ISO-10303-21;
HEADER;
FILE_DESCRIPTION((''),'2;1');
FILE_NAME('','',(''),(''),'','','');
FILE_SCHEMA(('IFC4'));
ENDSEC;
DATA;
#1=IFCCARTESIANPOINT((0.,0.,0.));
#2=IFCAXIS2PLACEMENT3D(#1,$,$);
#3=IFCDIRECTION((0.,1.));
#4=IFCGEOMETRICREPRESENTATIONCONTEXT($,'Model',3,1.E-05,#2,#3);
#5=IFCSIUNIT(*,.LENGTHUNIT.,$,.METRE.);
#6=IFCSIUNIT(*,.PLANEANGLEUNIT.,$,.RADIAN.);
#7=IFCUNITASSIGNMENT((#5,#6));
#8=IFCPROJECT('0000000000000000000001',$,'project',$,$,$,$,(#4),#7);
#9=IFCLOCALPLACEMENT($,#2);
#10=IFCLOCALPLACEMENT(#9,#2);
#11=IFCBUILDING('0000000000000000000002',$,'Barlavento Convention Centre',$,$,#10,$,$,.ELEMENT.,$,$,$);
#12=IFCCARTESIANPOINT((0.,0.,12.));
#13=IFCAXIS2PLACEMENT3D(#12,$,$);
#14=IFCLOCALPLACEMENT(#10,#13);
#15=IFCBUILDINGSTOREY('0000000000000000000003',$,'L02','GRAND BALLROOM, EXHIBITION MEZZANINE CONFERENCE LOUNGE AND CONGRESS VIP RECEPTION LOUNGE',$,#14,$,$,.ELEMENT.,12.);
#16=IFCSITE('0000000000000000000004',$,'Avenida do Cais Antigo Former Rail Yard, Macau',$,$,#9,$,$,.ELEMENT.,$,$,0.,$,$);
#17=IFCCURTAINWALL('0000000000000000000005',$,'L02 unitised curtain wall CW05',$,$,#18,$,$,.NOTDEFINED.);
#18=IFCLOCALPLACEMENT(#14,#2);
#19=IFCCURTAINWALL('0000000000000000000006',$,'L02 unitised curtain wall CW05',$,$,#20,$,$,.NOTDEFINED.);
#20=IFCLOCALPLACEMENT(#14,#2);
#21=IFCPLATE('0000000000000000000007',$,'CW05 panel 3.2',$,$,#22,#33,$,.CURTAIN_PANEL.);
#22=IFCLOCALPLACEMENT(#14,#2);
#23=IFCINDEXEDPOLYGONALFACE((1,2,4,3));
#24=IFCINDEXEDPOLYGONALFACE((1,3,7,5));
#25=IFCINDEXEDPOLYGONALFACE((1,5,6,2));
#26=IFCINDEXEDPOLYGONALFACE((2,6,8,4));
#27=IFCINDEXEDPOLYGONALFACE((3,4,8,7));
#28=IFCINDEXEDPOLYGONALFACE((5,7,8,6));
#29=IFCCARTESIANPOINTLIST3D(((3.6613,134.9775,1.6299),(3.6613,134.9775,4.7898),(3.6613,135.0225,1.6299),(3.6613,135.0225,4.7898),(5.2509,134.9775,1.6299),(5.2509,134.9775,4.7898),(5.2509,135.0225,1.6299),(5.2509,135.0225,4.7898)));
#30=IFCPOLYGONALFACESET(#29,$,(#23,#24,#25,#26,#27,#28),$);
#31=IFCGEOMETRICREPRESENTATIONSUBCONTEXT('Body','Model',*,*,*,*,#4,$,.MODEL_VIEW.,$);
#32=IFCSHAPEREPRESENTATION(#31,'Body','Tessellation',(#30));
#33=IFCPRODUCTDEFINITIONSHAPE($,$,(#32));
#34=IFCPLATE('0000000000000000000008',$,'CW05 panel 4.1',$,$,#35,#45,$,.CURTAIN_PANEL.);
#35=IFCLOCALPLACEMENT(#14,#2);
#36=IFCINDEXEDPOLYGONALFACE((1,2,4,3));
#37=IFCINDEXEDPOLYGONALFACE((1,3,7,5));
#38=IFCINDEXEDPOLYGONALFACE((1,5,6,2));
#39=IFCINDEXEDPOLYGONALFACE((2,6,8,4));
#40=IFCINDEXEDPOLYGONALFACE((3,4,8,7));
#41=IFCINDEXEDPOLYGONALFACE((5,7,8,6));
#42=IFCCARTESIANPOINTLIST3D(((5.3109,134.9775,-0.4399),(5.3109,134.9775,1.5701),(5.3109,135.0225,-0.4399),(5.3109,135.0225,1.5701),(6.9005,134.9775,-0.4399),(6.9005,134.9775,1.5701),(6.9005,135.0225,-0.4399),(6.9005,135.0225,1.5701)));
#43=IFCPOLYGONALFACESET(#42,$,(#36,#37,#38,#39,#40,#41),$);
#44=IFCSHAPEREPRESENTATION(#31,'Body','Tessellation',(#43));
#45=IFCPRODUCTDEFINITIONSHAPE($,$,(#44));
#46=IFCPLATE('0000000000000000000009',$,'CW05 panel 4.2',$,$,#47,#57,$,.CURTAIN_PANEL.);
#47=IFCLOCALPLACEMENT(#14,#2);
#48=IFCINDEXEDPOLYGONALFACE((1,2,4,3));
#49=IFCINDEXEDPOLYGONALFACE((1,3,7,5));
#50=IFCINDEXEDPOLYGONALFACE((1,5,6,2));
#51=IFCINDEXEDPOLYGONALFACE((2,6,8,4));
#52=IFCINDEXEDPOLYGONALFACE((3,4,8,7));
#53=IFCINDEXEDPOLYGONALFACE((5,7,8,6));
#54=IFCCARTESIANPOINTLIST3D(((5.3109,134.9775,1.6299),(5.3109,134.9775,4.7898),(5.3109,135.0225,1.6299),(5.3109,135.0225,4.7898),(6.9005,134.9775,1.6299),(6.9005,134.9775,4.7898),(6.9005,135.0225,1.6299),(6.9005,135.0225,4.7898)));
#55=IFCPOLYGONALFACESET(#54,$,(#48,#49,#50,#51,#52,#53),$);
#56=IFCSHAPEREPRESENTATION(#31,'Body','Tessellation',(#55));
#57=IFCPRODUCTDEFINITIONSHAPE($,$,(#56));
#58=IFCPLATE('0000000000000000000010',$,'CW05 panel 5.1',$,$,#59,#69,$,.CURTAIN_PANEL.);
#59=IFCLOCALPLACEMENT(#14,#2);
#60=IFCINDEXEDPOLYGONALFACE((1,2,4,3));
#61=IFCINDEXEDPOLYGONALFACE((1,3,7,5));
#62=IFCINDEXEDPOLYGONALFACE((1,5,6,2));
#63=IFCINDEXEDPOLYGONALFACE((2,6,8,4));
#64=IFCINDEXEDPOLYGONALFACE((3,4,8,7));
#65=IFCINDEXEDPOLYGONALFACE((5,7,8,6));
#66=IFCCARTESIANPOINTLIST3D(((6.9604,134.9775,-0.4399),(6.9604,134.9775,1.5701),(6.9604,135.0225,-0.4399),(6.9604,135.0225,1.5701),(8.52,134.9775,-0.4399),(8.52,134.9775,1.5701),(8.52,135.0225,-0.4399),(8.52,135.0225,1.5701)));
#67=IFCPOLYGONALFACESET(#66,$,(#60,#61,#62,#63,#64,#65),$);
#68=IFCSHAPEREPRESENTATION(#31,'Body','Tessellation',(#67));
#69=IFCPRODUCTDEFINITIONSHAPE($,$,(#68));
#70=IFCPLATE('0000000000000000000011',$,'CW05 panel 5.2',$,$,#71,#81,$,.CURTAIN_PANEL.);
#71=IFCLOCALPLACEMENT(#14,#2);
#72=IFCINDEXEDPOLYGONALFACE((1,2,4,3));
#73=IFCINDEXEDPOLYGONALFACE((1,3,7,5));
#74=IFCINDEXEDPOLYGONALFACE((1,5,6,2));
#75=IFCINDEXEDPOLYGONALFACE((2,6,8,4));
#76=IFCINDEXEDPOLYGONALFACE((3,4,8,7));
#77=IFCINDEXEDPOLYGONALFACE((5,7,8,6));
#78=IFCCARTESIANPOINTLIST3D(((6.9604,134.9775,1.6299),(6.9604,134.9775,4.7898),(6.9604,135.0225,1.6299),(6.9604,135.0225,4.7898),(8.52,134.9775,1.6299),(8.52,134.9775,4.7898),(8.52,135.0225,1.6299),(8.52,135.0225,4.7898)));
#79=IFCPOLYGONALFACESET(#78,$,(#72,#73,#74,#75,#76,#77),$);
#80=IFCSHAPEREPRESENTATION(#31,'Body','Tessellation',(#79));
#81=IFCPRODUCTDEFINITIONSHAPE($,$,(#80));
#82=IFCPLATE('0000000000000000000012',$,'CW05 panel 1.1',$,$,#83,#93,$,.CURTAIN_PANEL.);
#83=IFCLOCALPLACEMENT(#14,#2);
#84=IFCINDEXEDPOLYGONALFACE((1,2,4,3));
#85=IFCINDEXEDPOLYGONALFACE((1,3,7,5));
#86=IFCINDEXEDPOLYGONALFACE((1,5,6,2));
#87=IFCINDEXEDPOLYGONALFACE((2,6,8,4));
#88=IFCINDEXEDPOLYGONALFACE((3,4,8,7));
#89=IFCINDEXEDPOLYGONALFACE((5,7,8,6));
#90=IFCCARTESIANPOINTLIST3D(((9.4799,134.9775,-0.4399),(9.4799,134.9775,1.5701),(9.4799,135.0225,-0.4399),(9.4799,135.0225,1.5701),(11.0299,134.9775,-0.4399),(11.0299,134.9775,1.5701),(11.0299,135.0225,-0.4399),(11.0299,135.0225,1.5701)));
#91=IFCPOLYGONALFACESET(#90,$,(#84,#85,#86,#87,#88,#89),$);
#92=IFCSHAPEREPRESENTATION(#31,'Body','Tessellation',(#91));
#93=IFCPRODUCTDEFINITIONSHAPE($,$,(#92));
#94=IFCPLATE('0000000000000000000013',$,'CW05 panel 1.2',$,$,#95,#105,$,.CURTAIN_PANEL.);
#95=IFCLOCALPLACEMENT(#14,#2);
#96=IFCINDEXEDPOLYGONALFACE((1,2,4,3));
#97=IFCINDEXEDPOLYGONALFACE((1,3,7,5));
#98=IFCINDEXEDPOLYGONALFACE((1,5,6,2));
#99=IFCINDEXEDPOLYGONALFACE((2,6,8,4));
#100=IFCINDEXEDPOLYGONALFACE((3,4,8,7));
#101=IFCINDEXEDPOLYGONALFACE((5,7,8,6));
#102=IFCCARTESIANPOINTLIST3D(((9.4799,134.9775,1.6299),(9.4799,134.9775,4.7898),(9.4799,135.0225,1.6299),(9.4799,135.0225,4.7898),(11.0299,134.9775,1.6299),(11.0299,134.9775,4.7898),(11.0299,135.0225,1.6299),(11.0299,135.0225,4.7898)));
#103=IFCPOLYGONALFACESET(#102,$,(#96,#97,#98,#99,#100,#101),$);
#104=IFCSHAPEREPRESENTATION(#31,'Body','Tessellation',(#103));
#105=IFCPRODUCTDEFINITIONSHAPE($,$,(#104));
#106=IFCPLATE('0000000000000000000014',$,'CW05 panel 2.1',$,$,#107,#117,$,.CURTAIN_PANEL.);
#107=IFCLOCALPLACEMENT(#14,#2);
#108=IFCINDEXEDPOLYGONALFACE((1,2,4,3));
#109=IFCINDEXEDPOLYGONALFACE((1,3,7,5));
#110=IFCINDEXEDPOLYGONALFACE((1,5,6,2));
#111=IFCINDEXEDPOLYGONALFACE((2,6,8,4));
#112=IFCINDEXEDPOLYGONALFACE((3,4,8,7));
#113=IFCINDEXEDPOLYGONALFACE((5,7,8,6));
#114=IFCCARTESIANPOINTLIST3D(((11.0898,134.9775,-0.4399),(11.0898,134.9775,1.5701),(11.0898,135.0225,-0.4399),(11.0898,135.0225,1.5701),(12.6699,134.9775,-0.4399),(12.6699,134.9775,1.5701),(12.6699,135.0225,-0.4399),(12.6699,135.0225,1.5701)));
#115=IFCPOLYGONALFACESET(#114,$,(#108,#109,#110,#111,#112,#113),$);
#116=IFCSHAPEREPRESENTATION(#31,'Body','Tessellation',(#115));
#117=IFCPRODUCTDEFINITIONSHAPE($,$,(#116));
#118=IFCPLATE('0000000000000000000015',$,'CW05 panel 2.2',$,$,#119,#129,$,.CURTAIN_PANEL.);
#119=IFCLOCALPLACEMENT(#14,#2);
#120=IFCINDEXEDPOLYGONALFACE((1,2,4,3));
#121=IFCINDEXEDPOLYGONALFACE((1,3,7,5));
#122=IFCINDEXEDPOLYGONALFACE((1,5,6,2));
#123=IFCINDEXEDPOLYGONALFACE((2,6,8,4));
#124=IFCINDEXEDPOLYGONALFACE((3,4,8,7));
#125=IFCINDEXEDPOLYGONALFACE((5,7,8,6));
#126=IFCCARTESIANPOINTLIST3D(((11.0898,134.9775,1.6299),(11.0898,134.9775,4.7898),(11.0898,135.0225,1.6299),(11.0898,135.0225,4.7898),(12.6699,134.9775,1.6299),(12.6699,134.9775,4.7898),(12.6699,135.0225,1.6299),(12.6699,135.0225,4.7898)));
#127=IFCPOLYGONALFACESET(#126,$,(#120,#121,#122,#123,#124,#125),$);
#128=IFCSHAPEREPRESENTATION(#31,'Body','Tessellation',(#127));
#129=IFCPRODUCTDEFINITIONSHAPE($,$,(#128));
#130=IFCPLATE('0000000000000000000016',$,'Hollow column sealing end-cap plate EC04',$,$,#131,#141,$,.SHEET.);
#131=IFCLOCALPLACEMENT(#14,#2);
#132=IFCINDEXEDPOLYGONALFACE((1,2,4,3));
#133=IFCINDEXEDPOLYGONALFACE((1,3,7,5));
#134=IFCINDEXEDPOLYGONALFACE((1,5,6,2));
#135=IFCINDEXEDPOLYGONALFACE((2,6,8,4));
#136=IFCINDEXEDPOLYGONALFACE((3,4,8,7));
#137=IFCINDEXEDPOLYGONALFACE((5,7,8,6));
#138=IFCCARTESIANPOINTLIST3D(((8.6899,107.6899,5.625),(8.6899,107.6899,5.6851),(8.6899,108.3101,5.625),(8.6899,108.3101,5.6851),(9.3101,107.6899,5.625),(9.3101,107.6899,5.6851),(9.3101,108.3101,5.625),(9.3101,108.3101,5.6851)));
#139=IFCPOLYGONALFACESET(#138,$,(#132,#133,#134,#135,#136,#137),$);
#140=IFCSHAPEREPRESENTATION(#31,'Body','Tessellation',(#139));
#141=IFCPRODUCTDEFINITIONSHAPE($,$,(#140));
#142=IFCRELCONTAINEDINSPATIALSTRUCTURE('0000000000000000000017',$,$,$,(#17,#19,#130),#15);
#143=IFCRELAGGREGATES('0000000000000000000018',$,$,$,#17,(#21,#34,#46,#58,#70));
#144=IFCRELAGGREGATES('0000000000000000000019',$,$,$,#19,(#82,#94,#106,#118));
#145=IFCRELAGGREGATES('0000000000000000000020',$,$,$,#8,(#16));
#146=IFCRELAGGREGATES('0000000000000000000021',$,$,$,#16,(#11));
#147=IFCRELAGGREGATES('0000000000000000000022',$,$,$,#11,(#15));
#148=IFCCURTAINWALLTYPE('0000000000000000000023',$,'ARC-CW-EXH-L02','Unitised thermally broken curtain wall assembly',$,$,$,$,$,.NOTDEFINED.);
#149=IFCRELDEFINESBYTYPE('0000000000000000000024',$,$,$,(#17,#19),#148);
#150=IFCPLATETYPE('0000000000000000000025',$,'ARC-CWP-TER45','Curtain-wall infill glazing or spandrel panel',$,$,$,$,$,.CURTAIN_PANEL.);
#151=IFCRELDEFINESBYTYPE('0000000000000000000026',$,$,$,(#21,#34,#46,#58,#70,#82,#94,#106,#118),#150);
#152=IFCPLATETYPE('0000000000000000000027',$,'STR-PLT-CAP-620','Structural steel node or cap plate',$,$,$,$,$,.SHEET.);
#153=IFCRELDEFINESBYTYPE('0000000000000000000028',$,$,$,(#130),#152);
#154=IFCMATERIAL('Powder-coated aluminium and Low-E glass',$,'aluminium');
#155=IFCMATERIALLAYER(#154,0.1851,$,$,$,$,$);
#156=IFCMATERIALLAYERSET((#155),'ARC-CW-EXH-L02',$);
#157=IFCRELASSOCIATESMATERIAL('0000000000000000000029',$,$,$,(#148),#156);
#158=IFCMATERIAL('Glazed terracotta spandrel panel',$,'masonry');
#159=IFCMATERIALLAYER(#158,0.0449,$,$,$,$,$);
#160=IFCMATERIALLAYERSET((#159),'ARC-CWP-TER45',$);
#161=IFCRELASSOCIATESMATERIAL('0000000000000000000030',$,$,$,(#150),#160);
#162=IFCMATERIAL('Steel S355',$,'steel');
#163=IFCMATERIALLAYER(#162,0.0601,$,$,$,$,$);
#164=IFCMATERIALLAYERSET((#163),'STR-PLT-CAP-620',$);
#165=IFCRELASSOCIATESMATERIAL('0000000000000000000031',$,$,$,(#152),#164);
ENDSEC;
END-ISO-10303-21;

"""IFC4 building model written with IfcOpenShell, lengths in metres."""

from ifc_helpers import new_model, si_unit, direction, frame, origin, origin_2d, place, context, subcontext, project, spatial, rectangle, extrude, material, layer, layer_set, type_object, element, aggregate, save


model = new_model("IFC4")

# Units and contexts
model_context = context("Model", 3, precision=1e-05, world=origin(), true_north=direction((0.0, 1.0)))
body_context = subcontext(model_context, "Body", "Model", "MODEL_VIEW")
ifc_project = project(units=[si_unit("LENGTHUNIT", "METRE"), si_unit("PLANEANGLEUNIT", "RADIAN")], contexts=[model_context])

# Site, building, storey
site_placement = place(None, origin())
site = spatial("IfcSite", under=ifc_project, at=site_placement, Name="Avenida do Cais Antigo Former Rail Yard, Macau", CompositionType="ELEMENT", RefElevation=0.0)
building_placement = place(site_placement, origin())
building = spatial("IfcBuilding", under=site, at=building_placement, Name="Barlavento Convention Centre", CompositionType="ELEMENT")
storey_placement = place(building_placement, frame((0.0, 0.0, 12.0)))
storey = spatial("IfcBuildingStorey", under=building, at=storey_placement, Name="L02", Description="GRAND BALLROOM, EXHIBITION MEZZANINE CONFERENCE LOUNGE AND CONGRESS VIP RECEPTION LOUNGE", CompositionType="ELEMENT", Elevation=12.0)

# Shared definitions
ifc_material_1 = material(Name="Steel S355", Category="steel")

# Curtain walls
ifc_material_2 = material(Name="Powder-coated aluminium and Low-E glass", Category="aluminium")
ifc_layer_1 = layer(ifc_material_2, 0.1851)
ifc_layer_set_1 = layer_set([ifc_layer_1], Name="ARC-CW-EXH-L02")
curtain_wall_type = type_object("IfcCurtainWallType", Name="ARC-CW-EXH-L02", Description="Unitised thermally broken curtain wall assembly", PredefinedType="NOTDEFINED", material=ifc_layer_set_1)
curtain_wall_1_placement = place(storey_placement, origin())
curtain_wall_1 = element("IfcCurtainWall", 1, at=curtain_wall_1_placement, inside=storey, type_object=curtain_wall_type, Name="L02 unitised curtain wall CW05", PredefinedType="NOTDEFINED")
curtain_wall_2_placement = place(storey_placement, origin())
curtain_wall_2 = element("IfcCurtainWall", 2, at=curtain_wall_2_placement, inside=storey, type_object=curtain_wall_type, Name="L02 unitised curtain wall CW05", PredefinedType="NOTDEFINED")

# Plates
ifc_material_3 = material(Name="Glazed terracotta spandrel panel", Category="masonry")
ifc_layer_2 = layer(ifc_material_3, 0.0449)
ifc_layer_set_2 = layer_set([ifc_layer_2], Name="ARC-CWP-TER45")
plate_type_1 = type_object("IfcPlateType", Name="ARC-CWP-TER45", Description="Curtain-wall infill glazing or spandrel panel", PredefinedType="CURTAIN_PANEL", material=ifc_layer_set_2)
plate_1_placement = place(storey_placement, frame((4.4561, 135.0, 1.6299), z_axis=(0.0, 0.0, 1.0), x_axis=(1.0, 0.0, 0.0)))
plate_1 = element("IfcPlate", 3, at=plate_1_placement, type_object=plate_type_1, Name="CW05 panel 3.2", PredefinedType="CURTAIN_PANEL", context=body_context, shape_type="SweptSolid", body=[
    extrude(rectangle(XDim=1.5896, YDim=0.0449, at=origin_2d()), origin(), (0.0, 0.0, 1.0), 3.1599),
])
plate_2_placement = place(storey_placement, frame((6.1057, 135.0, -0.4399), z_axis=(0.0, 0.0, 1.0), x_axis=(1.0, 0.0, 0.0)))
plate_2 = element("IfcPlate", 4, at=plate_2_placement, type_object=plate_type_1, Name="CW05 panel 4.1", PredefinedType="CURTAIN_PANEL", context=body_context, shape_type="SweptSolid", body=[
    extrude(rectangle(XDim=1.5896, YDim=0.0449, at=origin_2d()), origin(), (0.0, 0.0, 1.0), 2.01),
])
plate_3_placement = place(storey_placement, frame((6.1057, 135.0, 1.6299), z_axis=(0.0, 0.0, 1.0), x_axis=(1.0, 0.0, 0.0)))
plate_3 = element("IfcPlate", 5, at=plate_3_placement, type_object=plate_type_1, Name="CW05 panel 4.2", PredefinedType="CURTAIN_PANEL", context=body_context, shape_type="SweptSolid", body=[
    extrude(rectangle(XDim=1.5896, YDim=0.0449, at=origin_2d()), origin(), (0.0, 0.0, 1.0), 3.1599),
])
plate_4_placement = place(storey_placement, frame((7.7402, 135.0, -0.4399), z_axis=(0.0, 0.0, 1.0), x_axis=(1.0, 0.0, 0.0)))
plate_4 = element("IfcPlate", 6, at=plate_4_placement, type_object=plate_type_1, Name="CW05 panel 5.1", PredefinedType="CURTAIN_PANEL", context=body_context, shape_type="SweptSolid", body=[
    extrude(rectangle(XDim=1.5596, YDim=0.0449, at=origin_2d()), origin(), (0.0, 0.0, 1.0), 2.01),
])
plate_5_placement = place(storey_placement, frame((7.7402, 135.0, 1.6299), z_axis=(0.0, 0.0, 1.0), x_axis=(1.0, 0.0, 0.0)))
plate_5 = element("IfcPlate", 7, at=plate_5_placement, type_object=plate_type_1, Name="CW05 panel 5.2", PredefinedType="CURTAIN_PANEL", context=body_context, shape_type="SweptSolid", body=[
    extrude(rectangle(XDim=1.5596, YDim=0.0449, at=origin_2d()), origin(), (0.0, 0.0, 1.0), 3.1599),
])
aggregate(curtain_wall_1, [plate_1, plate_2, plate_3, plate_4, plate_5])
plate_6_placement = place(storey_placement, frame((10.2549, 135.0, -0.4399), z_axis=(0.0, 0.0, 1.0), x_axis=(1.0, 0.0, 0.0)))
plate_6 = element("IfcPlate", 8, at=plate_6_placement, type_object=plate_type_1, Name="CW05 panel 1.1", PredefinedType="CURTAIN_PANEL", context=body_context, shape_type="SweptSolid", body=[
    extrude(rectangle(XDim=1.55, YDim=0.0449, at=origin_2d()), origin(), (0.0, 0.0, 1.0), 2.01),
])
plate_7_placement = place(storey_placement, frame((10.2549, 135.0, 1.6299), z_axis=(0.0, 0.0, 1.0), x_axis=(1.0, 0.0, 0.0)))
plate_7 = element("IfcPlate", 9, at=plate_7_placement, type_object=plate_type_1, Name="CW05 panel 1.2", PredefinedType="CURTAIN_PANEL", context=body_context, shape_type="SweptSolid", body=[
    extrude(rectangle(XDim=1.55, YDim=0.0449, at=origin_2d()), origin(), (0.0, 0.0, 1.0), 3.1599),
])
plate_8_placement = place(storey_placement, frame((11.8799, 135.0, -0.4399), z_axis=(0.0, 0.0, 1.0), x_axis=(1.0, 0.0, 0.0)))
plate_8 = element("IfcPlate", 10, at=plate_8_placement, type_object=plate_type_1, Name="CW05 panel 2.1", PredefinedType="CURTAIN_PANEL", context=body_context, shape_type="SweptSolid", body=[
    extrude(rectangle(XDim=1.5801, YDim=0.0449, at=origin_2d()), origin(), (0.0, 0.0, 1.0), 2.01),
])
plate_9_placement = place(storey_placement, frame((11.8799, 135.0, 1.6299), z_axis=(0.0, 0.0, 1.0), x_axis=(1.0, 0.0, 0.0)))
plate_9 = element("IfcPlate", 11, at=plate_9_placement, type_object=plate_type_1, Name="CW05 panel 2.2", PredefinedType="CURTAIN_PANEL", context=body_context, shape_type="SweptSolid", body=[
    extrude(rectangle(XDim=1.5801, YDim=0.0449, at=origin_2d()), origin(), (0.0, 0.0, 1.0), 3.1599),
])
aggregate(curtain_wall_2, [plate_6, plate_7, plate_8, plate_9])
ifc_layer_3 = layer(ifc_material_1, 0.0601)
ifc_layer_set_3 = layer_set([ifc_layer_3], Name="STR-PLT-CAP-620")
plate_type_2 = type_object("IfcPlateType", Name="STR-PLT-CAP-620", Description="Structural steel node or cap plate", PredefinedType="SHEET", material=ifc_layer_set_3)
plate_10_placement = place(storey_placement, frame((9.0, 108.0, 5.625), z_axis=(0.0, 0.0, 1.0), x_axis=(1.0, 0.0, 0.0)))
element("IfcPlate", 12, at=plate_10_placement, inside=storey, type_object=plate_type_2, Name="Hollow column sealing end-cap plate EC04", PredefinedType="SHEET", context=body_context, shape_type="SweptSolid", body=[
    extrude(rectangle(XDim=0.6201, YDim=0.6201, at=origin_2d()), origin(), (0.0, 0.0, 1.0), 0.0601),
])

save(model, "model.ifc")
